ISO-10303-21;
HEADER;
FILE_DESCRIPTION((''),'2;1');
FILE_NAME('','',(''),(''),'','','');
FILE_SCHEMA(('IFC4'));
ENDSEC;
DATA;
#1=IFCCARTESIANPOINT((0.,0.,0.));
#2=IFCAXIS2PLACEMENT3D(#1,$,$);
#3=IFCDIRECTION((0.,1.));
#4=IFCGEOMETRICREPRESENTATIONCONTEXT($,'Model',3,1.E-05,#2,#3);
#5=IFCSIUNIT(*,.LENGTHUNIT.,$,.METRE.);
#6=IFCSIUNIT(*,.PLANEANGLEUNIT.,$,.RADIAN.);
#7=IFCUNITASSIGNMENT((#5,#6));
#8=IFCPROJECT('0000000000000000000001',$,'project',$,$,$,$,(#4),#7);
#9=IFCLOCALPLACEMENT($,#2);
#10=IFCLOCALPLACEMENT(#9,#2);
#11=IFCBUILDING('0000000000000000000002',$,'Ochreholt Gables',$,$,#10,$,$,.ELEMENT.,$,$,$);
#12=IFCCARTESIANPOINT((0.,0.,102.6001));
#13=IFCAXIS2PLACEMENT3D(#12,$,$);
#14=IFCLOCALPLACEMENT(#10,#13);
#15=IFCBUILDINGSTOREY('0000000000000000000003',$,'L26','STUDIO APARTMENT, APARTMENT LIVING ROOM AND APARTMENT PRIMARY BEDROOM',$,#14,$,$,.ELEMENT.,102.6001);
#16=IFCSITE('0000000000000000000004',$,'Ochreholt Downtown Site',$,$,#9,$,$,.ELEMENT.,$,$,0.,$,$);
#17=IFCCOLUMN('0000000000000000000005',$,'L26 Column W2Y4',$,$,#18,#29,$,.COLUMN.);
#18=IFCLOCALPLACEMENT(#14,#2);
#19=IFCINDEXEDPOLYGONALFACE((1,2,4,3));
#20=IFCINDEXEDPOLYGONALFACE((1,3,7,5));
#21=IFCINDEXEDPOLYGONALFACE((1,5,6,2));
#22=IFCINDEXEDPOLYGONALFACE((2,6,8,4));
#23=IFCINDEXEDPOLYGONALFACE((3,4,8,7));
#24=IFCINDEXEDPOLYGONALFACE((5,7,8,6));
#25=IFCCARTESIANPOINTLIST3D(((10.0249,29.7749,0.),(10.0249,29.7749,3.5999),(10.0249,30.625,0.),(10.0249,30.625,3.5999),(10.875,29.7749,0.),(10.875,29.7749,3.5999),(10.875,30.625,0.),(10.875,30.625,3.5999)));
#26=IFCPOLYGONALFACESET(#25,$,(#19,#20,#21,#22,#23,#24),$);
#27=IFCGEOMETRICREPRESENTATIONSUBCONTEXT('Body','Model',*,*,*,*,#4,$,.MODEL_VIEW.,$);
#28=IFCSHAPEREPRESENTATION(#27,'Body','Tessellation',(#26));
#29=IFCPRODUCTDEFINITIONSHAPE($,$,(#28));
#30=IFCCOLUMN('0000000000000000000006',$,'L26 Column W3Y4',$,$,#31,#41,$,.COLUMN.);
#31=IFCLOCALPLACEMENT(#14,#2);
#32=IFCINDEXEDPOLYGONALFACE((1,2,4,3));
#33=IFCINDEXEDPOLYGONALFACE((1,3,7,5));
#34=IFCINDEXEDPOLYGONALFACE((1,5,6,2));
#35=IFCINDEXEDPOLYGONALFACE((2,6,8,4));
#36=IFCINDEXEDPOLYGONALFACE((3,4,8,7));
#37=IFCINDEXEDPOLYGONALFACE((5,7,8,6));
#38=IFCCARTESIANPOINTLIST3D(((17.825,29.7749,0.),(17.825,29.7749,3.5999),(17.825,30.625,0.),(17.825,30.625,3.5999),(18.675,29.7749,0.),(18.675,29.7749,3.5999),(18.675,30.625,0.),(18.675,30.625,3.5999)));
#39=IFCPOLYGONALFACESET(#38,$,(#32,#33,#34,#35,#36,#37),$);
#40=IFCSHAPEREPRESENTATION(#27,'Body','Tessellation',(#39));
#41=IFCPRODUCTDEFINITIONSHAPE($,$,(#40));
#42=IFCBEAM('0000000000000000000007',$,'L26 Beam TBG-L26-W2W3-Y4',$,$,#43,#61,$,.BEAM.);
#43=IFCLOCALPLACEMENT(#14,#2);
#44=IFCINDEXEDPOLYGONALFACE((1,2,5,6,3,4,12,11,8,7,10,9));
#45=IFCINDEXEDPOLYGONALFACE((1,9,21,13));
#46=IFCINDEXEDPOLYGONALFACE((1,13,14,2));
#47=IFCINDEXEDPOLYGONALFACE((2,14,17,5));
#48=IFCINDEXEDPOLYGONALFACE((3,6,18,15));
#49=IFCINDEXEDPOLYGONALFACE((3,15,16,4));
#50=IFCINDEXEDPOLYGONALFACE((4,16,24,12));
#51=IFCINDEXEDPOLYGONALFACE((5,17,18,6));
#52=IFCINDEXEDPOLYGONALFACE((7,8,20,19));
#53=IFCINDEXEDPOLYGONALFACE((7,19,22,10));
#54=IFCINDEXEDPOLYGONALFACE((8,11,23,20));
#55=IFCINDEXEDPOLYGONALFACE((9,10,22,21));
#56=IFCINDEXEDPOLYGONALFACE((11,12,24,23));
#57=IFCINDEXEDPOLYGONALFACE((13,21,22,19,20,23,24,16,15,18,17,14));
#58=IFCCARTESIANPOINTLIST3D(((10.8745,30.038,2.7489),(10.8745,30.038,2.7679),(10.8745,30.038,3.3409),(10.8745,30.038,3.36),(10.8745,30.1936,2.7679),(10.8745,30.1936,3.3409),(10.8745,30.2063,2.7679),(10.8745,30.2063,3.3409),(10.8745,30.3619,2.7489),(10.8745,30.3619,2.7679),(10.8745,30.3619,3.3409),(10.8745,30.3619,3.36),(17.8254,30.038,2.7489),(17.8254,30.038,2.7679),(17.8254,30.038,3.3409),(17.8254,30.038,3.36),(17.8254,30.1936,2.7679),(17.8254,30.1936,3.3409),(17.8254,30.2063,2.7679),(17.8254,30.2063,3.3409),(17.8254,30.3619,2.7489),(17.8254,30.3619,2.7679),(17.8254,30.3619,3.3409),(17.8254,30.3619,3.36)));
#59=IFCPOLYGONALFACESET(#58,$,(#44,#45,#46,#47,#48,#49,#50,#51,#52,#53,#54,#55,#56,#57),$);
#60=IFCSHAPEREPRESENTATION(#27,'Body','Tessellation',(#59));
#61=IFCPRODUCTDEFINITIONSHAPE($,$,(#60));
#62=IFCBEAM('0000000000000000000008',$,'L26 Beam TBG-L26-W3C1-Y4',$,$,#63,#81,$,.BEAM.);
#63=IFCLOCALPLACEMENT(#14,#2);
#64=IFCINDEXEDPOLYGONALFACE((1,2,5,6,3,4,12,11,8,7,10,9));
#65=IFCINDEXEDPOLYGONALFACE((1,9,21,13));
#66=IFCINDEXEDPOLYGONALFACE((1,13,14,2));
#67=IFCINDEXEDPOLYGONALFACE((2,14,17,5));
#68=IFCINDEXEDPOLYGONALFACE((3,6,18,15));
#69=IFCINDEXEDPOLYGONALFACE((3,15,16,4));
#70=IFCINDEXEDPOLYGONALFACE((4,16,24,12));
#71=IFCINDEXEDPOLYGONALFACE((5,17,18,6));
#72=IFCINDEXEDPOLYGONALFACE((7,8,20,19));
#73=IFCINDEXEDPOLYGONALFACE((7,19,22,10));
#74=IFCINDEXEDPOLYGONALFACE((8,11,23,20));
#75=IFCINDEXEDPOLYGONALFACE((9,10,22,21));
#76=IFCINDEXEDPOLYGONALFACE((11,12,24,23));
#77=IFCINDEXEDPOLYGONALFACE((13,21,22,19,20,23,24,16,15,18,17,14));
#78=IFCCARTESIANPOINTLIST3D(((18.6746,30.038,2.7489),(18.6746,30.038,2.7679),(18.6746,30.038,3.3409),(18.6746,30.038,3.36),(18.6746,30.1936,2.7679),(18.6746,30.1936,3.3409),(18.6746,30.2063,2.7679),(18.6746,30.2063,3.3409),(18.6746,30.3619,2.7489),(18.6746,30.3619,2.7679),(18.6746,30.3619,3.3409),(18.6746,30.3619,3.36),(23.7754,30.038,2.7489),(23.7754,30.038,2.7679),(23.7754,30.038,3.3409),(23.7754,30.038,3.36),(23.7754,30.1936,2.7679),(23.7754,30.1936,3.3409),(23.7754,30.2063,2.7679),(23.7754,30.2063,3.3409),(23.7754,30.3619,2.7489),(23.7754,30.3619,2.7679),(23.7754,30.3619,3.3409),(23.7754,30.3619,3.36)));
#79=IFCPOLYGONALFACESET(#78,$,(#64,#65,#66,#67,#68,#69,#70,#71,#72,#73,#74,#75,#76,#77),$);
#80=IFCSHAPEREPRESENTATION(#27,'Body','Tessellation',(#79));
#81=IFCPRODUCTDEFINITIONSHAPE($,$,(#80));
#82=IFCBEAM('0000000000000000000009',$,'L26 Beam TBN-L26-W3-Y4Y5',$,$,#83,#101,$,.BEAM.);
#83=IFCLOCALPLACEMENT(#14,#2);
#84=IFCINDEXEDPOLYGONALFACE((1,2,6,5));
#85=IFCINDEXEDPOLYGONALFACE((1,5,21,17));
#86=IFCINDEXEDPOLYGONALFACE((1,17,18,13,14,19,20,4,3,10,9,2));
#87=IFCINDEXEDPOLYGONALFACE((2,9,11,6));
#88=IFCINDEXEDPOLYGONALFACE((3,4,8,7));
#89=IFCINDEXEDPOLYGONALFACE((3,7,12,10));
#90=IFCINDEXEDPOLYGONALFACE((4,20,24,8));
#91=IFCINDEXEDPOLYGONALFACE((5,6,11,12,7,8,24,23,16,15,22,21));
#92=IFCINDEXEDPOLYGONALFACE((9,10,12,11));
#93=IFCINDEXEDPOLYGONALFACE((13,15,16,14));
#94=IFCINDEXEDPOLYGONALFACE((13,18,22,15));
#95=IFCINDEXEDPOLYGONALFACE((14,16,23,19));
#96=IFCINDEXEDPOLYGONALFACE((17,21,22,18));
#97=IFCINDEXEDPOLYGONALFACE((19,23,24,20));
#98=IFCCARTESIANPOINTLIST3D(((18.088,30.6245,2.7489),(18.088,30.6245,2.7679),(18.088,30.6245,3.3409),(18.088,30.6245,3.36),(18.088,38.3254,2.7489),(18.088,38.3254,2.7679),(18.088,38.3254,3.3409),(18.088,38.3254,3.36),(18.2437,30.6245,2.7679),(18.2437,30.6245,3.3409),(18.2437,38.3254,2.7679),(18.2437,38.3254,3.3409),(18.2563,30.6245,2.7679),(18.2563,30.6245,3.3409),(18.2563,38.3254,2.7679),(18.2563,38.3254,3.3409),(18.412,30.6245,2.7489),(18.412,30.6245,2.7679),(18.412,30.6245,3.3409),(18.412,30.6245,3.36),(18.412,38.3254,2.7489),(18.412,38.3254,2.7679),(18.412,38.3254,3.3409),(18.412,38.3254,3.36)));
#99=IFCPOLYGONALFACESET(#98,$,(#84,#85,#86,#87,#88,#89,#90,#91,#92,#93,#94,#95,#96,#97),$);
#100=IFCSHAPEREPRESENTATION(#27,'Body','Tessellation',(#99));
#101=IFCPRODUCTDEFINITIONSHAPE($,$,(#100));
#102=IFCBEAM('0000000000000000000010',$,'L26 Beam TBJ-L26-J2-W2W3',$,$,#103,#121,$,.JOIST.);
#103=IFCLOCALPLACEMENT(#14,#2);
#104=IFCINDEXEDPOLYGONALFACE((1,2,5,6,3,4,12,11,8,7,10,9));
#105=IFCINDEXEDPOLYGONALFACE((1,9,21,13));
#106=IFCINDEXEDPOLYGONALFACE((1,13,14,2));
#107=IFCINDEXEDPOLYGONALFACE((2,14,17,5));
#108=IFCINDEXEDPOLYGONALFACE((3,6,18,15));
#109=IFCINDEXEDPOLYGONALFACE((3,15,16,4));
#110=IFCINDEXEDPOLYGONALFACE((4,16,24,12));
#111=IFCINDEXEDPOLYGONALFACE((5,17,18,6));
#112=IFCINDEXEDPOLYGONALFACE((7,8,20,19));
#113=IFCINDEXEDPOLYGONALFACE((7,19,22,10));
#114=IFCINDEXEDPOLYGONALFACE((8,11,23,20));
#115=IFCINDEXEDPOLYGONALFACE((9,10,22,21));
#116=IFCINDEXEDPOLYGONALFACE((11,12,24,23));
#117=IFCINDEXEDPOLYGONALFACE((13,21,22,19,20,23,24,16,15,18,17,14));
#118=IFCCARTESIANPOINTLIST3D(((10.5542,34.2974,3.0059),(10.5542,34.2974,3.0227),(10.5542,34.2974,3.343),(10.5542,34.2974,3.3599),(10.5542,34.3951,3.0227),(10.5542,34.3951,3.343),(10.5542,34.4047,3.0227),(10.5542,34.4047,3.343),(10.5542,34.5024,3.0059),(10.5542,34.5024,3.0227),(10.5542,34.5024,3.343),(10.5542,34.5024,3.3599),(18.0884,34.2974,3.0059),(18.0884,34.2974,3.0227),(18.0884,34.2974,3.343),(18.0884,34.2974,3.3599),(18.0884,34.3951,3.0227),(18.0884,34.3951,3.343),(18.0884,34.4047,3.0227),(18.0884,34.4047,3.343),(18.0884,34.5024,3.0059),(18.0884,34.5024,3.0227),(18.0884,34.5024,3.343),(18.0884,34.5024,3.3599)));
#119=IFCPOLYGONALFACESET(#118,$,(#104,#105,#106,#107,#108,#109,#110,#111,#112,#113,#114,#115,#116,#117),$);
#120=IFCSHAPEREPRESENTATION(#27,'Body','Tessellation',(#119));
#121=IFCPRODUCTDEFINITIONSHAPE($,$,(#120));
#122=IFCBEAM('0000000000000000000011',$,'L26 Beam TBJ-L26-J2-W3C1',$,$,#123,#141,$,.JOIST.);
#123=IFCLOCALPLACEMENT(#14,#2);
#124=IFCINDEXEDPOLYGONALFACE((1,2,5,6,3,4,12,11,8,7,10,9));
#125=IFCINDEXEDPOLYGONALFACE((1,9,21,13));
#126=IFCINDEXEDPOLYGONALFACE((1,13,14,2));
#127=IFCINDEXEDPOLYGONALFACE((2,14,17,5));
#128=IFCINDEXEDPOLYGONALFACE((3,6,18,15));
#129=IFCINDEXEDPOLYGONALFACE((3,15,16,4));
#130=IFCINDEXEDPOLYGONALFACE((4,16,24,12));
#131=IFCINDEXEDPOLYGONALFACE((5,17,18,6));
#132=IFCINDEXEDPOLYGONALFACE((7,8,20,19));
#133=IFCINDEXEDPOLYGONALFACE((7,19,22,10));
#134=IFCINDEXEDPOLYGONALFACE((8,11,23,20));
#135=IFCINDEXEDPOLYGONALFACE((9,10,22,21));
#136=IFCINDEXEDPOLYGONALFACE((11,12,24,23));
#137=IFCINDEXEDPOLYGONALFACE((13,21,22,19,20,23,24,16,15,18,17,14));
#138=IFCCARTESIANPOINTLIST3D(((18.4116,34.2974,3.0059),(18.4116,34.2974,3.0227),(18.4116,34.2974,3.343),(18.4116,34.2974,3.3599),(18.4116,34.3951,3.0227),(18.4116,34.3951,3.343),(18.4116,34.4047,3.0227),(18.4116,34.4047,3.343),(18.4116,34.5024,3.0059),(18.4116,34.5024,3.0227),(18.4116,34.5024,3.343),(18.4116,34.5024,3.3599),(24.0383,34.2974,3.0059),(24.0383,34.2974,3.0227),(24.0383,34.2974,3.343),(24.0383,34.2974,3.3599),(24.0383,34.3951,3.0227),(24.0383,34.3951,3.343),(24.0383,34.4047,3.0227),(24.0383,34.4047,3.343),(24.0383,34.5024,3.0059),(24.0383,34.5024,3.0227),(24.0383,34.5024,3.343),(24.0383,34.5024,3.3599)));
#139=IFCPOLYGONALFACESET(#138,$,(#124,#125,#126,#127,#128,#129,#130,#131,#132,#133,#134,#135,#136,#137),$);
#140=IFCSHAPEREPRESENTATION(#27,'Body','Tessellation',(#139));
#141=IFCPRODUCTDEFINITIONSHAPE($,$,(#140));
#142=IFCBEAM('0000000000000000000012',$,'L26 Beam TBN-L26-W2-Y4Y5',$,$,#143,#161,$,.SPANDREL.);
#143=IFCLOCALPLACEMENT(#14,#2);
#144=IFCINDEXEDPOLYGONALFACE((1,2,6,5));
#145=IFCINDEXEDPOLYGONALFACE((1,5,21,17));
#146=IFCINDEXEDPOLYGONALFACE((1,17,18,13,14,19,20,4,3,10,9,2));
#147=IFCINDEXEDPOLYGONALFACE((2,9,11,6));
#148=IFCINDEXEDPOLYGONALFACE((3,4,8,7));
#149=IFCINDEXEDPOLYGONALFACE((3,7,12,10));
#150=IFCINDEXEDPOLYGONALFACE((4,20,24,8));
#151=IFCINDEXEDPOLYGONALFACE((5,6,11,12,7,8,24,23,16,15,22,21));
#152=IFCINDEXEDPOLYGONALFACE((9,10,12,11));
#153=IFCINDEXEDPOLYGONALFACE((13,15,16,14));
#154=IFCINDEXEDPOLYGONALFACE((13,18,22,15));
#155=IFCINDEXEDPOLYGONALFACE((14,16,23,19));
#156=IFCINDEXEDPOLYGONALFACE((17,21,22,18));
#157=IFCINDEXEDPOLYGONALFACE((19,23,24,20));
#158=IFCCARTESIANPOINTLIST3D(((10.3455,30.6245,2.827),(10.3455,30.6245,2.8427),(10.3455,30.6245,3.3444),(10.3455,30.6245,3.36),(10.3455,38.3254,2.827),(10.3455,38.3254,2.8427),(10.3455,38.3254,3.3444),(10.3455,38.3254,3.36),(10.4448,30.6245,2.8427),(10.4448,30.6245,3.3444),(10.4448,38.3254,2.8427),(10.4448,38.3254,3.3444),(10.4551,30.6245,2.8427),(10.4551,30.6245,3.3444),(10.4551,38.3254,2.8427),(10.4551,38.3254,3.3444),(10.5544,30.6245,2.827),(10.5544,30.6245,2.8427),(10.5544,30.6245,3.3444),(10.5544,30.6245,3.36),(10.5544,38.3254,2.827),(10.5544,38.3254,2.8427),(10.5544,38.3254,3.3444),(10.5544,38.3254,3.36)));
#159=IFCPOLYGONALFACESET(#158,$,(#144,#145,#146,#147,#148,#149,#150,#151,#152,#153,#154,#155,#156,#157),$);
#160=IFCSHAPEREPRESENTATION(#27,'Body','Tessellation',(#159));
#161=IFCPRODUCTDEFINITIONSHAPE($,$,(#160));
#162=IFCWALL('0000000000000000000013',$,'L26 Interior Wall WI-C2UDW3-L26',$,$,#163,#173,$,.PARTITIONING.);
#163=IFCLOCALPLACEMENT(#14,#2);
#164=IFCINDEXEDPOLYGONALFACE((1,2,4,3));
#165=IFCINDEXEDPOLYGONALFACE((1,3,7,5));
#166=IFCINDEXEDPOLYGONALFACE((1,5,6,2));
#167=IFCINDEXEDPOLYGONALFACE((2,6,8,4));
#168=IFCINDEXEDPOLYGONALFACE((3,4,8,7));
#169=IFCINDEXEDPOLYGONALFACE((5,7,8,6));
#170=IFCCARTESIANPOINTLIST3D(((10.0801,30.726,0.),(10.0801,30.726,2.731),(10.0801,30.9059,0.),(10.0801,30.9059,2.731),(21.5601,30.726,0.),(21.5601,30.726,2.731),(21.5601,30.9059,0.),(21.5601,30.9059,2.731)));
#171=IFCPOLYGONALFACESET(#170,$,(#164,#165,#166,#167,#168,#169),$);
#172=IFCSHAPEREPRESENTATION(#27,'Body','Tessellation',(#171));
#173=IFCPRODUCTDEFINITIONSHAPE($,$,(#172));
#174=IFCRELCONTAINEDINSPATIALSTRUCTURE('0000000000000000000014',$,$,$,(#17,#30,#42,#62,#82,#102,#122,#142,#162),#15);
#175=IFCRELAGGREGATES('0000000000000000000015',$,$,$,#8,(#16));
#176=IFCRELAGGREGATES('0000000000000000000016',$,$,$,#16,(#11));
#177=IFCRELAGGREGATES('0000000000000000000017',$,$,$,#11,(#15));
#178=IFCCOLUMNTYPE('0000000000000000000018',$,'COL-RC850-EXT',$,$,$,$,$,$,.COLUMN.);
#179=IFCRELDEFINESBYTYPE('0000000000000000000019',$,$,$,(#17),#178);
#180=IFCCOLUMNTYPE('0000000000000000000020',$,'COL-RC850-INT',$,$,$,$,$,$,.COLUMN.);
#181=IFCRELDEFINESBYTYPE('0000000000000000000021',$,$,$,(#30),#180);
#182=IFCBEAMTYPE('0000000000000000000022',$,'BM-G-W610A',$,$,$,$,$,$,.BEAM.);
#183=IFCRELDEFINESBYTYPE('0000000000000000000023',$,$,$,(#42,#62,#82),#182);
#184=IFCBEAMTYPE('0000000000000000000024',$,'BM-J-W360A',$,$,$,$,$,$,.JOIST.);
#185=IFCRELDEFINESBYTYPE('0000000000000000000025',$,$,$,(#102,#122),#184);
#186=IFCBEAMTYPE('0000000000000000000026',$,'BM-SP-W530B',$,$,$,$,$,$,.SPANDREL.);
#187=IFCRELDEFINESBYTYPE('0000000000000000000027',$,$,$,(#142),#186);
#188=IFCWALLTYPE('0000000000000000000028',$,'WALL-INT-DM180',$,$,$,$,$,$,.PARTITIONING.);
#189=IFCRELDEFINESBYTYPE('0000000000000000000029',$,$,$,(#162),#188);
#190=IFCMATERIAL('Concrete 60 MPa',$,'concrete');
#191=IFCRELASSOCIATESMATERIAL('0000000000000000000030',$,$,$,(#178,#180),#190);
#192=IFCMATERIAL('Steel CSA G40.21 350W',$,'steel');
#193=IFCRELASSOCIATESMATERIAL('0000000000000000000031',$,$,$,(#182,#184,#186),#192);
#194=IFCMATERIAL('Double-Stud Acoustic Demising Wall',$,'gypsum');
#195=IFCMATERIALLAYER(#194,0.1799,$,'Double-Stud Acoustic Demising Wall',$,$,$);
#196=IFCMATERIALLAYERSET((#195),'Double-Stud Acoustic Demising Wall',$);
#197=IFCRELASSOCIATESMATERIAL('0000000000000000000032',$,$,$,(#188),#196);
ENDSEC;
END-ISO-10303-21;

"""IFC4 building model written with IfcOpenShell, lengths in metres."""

from ifc_helpers import new_model, si_unit, direction, frame, frame_2d, origin, origin_2d, place, context, subcontext, project, spatial, rectangle, i_section, extrude, material, layer, layer_set, material_profile, profile_set, type_object, element, save


model = new_model("IFC4")

# Units and contexts
model_context = context("Model", 3, precision=1e-05, world=origin(), true_north=direction((0.0, 1.0)))
body_context = subcontext(model_context, "Body", "Model", "MODEL_VIEW")
ifc_project = project(units=[si_unit("LENGTHUNIT", "METRE"), si_unit("PLANEANGLEUNIT", "RADIAN")], contexts=[model_context])

# Site, building, storey
site_placement = place(None, origin())
site = spatial("IfcSite", under=ifc_project, at=site_placement, Name="Ochreholt Downtown Site", CompositionType="ELEMENT", RefElevation=0.0)
building_placement = place(site_placement, origin())
building = spatial("IfcBuilding", under=site, at=building_placement, Name="Ochreholt Gables", CompositionType="ELEMENT")
storey_placement = place(building_placement, frame((0.0, 0.0, 102.6001)))
storey = spatial("IfcBuildingStorey", under=building, at=storey_placement, Name="L26", Description="STUDIO APARTMENT, APARTMENT LIVING ROOM AND APARTMENT PRIMARY BEDROOM", CompositionType="ELEMENT", Elevation=102.6001)

# Columns
ifc_material_1 = material(Name="Concrete 60 MPa", Category="concrete")
ifc_material_profile_1 = material_profile(ifc_material_1, rectangle(XDim=0.8501, YDim=0.8501, at=origin_2d()), Name="RC850X850")
ifc_profile_set_1 = profile_set([ifc_material_profile_1], Name="Concrete 60 MPa")
column_type_1 = type_object("IfcColumnType", Name="COL-RC850-EXT", PredefinedType="COLUMN", material=ifc_profile_set_1)
column_1_placement = place(storey_placement, frame((10.45, 30.2, 0.0), z_axis=(0.0, 0.0, 1.0), x_axis=(1.0, 0.0, 0.0)))
element("IfcColumn", 1, at=column_1_placement, inside=storey, type_object=column_type_1, Name="L26 Column W2Y4", PredefinedType="COLUMN", context=body_context, shape_type="SweptSolid", body=[
    extrude(rectangle(XDim=0.8501, YDim=0.8501, at=origin_2d()), origin(), (0.0, 0.0, 1.0), 3.5999),
])
ifc_material_profile_2 = material_profile(ifc_material_1, rectangle(XDim=0.8501, YDim=0.8501, at=origin_2d()), Name="RC850X850")
ifc_profile_set_2 = profile_set([ifc_material_profile_2], Name="Concrete 60 MPa")
column_type_2 = type_object("IfcColumnType", Name="COL-RC850-INT", PredefinedType="COLUMN", material=ifc_profile_set_2)
column_2_placement = place(storey_placement, frame((18.25, 30.2, 0.0), z_axis=(0.0, 0.0, 1.0), x_axis=(1.0, 0.0, 0.0)))
element("IfcColumn", 2, at=column_2_placement, inside=storey, type_object=column_type_2, Name="L26 Column W3Y4", PredefinedType="COLUMN", context=body_context, shape_type="SweptSolid", body=[
    extrude(rectangle(XDim=0.8501, YDim=0.8501, at=origin_2d()), origin(), (0.0, 0.0, 1.0), 3.5999),
])

# Beams
ifc_material_2 = material(Name="Steel CSA G40.21 350W", Category="steel")
ifc_material_profile_3 = material_profile(ifc_material_2, i_section(OverallWidth=0.324, OverallDepth=0.6111, WebThickness=0.0127, FlangeThickness=0.019, at=origin_2d()), Name="W610X155")
ifc_profile_set_3 = profile_set([ifc_material_profile_3], Name="Steel CSA G40.21 350W")
beam_type_1 = type_object("IfcBeamType", Name="BM-G-W610A", PredefinedType="BEAM", material=ifc_profile_set_3)
beam_1_placement = place(storey_placement, frame((10.8745, 30.2, 3.0544), z_axis=(1.0, 0.0, 0.0), x_axis=(0.0, 1.0, 0.0)))
element("IfcBeam", 3, at=beam_1_placement, inside=storey, type_object=beam_type_1, Name="L26 Beam TBG-L26-W2W3-Y4", PredefinedType="BEAM", context=body_context, shape_type="SweptSolid", body=[
    extrude(i_section(OverallWidth=0.324, OverallDepth=0.6111, WebThickness=0.0127, FlangeThickness=0.019, at=origin_2d()), origin(), (0.0, 0.0, 1.0), 6.9509),
])
beam_2_placement = place(storey_placement, frame((18.6746, 30.2, 3.0544), z_axis=(1.0, 0.0, 0.0), x_axis=(0.0, 1.0, 0.0)))
element("IfcBeam", 4, at=beam_2_placement, inside=storey, type_object=beam_type_1, Name="L26 Beam TBG-L26-W3C1-Y4", PredefinedType="BEAM", context=body_context, shape_type="SweptSolid", body=[
    extrude(i_section(OverallWidth=0.324, OverallDepth=0.6111, WebThickness=0.0127, FlangeThickness=0.019, at=origin_2d()), origin(), (0.0, 0.0, 1.0), 5.1008),
])
beam_3_placement = place(storey_placement, frame((18.25, 30.6245, 3.0544), z_axis=(0.0, 1.0, 0.0), x_axis=(-1.0, 0.0, 0.0)))
element("IfcBeam", 5, at=beam_3_placement, inside=storey, type_object=beam_type_1, Name="L26 Beam TBN-L26-W3-Y4Y5", PredefinedType="BEAM", context=body_context, shape_type="SweptSolid", body=[
    extrude(i_section(OverallWidth=0.324, OverallDepth=0.6111, WebThickness=0.0127, FlangeThickness=0.019, at=origin_2d()), origin(), (0.0, 0.0, 1.0), 7.7009),
])
ifc_material_profile_4 = material_profile(ifc_material_2, i_section(OverallWidth=0.2051, OverallDepth=0.354, WebThickness=0.0095, FlangeThickness=0.0168, at=origin_2d()), Name="W360X79")
ifc_profile_set_4 = profile_set([ifc_material_profile_4], Name="Steel CSA G40.21 350W")
beam_type_2 = type_object("IfcBeamType", Name="BM-J-W360A", PredefinedType="JOIST", material=ifc_profile_set_4)
beam_4_placement = place(storey_placement, frame((10.5542, 34.3999, 3.1829), z_axis=(1.0, 0.0, 0.0), x_axis=(0.0, 1.0, 0.0)))
element("IfcBeam", 6, at=beam_4_placement, inside=storey, type_object=beam_type_2, Name="L26 Beam TBJ-L26-J2-W2W3", PredefinedType="JOIST", context=body_context, shape_type="SweptSolid", body=[
    extrude(i_section(OverallWidth=0.2051, OverallDepth=0.354, WebThickness=0.0095, FlangeThickness=0.0168, at=origin_2d()), origin(), (0.0, 0.0, 1.0), 7.5342),
])
beam_5_placement = place(storey_placement, frame((18.4116, 34.3999, 3.1829), z_axis=(1.0, 0.0, 0.0), x_axis=(0.0, 1.0, 0.0)))
element("IfcBeam", 7, at=beam_5_placement, inside=storey, type_object=beam_type_2, Name="L26 Beam TBJ-L26-J2-W3C1", PredefinedType="JOIST", context=body_context, shape_type="SweptSolid", body=[
    extrude(i_section(OverallWidth=0.2051, OverallDepth=0.354, WebThickness=0.0095, FlangeThickness=0.0168, at=origin_2d()), origin(), (0.0, 0.0, 1.0), 5.6267),
])
ifc_material_profile_5 = material_profile(ifc_material_2, i_section(OverallWidth=0.209, OverallDepth=0.533, WebThickness=0.0103, FlangeThickness=0.0156, at=origin_2d()), Name="W530X92")
ifc_profile_set_5 = profile_set([ifc_material_profile_5], Name="Steel CSA G40.21 350W")
beam_type_3 = type_object("IfcBeamType", Name="BM-SP-W530B", PredefinedType="SPANDREL", material=ifc_profile_set_5)
beam_6_placement = place(storey_placement, frame((10.45, 30.6245, 3.0935), z_axis=(0.0, 1.0, 0.0), x_axis=(-1.0, 0.0, 0.0)))
element("IfcBeam", 8, at=beam_6_placement, inside=storey, type_object=beam_type_3, Name="L26 Beam TBN-L26-W2-Y4Y5", PredefinedType="SPANDREL", context=body_context, shape_type="SweptSolid", body=[
    extrude(i_section(OverallWidth=0.209, OverallDepth=0.533, WebThickness=0.0103, FlangeThickness=0.0156, at=origin_2d()), origin(), (0.0, 0.0, 1.0), 7.7009),
])

# Wall
ifc_material_3 = material(Name="Double-Stud Acoustic Demising Wall", Category="gypsum")
ifc_layer_1 = layer(ifc_material_3, 0.1799, Name="Double-Stud Acoustic Demising Wall")
ifc_layer_set_1 = layer_set([ifc_layer_1], Name="Double-Stud Acoustic Demising Wall")
wall_type_1 = type_object("IfcWallType", Name="WALL-INT-DM180", PredefinedType="PARTITIONING", material=ifc_layer_set_1)
wall_1_placement = place(storey_placement, frame((10.0801, 30.8159, 0.0), z_axis=(0.0, 0.0, 1.0), x_axis=(1.0, 0.0, 0.0)))
element("IfcWall", 9, at=wall_1_placement, inside=storey, type_object=wall_type_1, Name="L26 Interior Wall WI-C2UDW3-L26", PredefinedType="PARTITIONING", context=body_context, shape_type="SweptSolid", body=[
    extrude(rectangle(XDim=11.48, YDim=0.1799, at=frame_2d((5.74, 0.0))), origin(), (0.0, 0.0, 1.0), 2.731),
])

save(model, "model.ifc")
